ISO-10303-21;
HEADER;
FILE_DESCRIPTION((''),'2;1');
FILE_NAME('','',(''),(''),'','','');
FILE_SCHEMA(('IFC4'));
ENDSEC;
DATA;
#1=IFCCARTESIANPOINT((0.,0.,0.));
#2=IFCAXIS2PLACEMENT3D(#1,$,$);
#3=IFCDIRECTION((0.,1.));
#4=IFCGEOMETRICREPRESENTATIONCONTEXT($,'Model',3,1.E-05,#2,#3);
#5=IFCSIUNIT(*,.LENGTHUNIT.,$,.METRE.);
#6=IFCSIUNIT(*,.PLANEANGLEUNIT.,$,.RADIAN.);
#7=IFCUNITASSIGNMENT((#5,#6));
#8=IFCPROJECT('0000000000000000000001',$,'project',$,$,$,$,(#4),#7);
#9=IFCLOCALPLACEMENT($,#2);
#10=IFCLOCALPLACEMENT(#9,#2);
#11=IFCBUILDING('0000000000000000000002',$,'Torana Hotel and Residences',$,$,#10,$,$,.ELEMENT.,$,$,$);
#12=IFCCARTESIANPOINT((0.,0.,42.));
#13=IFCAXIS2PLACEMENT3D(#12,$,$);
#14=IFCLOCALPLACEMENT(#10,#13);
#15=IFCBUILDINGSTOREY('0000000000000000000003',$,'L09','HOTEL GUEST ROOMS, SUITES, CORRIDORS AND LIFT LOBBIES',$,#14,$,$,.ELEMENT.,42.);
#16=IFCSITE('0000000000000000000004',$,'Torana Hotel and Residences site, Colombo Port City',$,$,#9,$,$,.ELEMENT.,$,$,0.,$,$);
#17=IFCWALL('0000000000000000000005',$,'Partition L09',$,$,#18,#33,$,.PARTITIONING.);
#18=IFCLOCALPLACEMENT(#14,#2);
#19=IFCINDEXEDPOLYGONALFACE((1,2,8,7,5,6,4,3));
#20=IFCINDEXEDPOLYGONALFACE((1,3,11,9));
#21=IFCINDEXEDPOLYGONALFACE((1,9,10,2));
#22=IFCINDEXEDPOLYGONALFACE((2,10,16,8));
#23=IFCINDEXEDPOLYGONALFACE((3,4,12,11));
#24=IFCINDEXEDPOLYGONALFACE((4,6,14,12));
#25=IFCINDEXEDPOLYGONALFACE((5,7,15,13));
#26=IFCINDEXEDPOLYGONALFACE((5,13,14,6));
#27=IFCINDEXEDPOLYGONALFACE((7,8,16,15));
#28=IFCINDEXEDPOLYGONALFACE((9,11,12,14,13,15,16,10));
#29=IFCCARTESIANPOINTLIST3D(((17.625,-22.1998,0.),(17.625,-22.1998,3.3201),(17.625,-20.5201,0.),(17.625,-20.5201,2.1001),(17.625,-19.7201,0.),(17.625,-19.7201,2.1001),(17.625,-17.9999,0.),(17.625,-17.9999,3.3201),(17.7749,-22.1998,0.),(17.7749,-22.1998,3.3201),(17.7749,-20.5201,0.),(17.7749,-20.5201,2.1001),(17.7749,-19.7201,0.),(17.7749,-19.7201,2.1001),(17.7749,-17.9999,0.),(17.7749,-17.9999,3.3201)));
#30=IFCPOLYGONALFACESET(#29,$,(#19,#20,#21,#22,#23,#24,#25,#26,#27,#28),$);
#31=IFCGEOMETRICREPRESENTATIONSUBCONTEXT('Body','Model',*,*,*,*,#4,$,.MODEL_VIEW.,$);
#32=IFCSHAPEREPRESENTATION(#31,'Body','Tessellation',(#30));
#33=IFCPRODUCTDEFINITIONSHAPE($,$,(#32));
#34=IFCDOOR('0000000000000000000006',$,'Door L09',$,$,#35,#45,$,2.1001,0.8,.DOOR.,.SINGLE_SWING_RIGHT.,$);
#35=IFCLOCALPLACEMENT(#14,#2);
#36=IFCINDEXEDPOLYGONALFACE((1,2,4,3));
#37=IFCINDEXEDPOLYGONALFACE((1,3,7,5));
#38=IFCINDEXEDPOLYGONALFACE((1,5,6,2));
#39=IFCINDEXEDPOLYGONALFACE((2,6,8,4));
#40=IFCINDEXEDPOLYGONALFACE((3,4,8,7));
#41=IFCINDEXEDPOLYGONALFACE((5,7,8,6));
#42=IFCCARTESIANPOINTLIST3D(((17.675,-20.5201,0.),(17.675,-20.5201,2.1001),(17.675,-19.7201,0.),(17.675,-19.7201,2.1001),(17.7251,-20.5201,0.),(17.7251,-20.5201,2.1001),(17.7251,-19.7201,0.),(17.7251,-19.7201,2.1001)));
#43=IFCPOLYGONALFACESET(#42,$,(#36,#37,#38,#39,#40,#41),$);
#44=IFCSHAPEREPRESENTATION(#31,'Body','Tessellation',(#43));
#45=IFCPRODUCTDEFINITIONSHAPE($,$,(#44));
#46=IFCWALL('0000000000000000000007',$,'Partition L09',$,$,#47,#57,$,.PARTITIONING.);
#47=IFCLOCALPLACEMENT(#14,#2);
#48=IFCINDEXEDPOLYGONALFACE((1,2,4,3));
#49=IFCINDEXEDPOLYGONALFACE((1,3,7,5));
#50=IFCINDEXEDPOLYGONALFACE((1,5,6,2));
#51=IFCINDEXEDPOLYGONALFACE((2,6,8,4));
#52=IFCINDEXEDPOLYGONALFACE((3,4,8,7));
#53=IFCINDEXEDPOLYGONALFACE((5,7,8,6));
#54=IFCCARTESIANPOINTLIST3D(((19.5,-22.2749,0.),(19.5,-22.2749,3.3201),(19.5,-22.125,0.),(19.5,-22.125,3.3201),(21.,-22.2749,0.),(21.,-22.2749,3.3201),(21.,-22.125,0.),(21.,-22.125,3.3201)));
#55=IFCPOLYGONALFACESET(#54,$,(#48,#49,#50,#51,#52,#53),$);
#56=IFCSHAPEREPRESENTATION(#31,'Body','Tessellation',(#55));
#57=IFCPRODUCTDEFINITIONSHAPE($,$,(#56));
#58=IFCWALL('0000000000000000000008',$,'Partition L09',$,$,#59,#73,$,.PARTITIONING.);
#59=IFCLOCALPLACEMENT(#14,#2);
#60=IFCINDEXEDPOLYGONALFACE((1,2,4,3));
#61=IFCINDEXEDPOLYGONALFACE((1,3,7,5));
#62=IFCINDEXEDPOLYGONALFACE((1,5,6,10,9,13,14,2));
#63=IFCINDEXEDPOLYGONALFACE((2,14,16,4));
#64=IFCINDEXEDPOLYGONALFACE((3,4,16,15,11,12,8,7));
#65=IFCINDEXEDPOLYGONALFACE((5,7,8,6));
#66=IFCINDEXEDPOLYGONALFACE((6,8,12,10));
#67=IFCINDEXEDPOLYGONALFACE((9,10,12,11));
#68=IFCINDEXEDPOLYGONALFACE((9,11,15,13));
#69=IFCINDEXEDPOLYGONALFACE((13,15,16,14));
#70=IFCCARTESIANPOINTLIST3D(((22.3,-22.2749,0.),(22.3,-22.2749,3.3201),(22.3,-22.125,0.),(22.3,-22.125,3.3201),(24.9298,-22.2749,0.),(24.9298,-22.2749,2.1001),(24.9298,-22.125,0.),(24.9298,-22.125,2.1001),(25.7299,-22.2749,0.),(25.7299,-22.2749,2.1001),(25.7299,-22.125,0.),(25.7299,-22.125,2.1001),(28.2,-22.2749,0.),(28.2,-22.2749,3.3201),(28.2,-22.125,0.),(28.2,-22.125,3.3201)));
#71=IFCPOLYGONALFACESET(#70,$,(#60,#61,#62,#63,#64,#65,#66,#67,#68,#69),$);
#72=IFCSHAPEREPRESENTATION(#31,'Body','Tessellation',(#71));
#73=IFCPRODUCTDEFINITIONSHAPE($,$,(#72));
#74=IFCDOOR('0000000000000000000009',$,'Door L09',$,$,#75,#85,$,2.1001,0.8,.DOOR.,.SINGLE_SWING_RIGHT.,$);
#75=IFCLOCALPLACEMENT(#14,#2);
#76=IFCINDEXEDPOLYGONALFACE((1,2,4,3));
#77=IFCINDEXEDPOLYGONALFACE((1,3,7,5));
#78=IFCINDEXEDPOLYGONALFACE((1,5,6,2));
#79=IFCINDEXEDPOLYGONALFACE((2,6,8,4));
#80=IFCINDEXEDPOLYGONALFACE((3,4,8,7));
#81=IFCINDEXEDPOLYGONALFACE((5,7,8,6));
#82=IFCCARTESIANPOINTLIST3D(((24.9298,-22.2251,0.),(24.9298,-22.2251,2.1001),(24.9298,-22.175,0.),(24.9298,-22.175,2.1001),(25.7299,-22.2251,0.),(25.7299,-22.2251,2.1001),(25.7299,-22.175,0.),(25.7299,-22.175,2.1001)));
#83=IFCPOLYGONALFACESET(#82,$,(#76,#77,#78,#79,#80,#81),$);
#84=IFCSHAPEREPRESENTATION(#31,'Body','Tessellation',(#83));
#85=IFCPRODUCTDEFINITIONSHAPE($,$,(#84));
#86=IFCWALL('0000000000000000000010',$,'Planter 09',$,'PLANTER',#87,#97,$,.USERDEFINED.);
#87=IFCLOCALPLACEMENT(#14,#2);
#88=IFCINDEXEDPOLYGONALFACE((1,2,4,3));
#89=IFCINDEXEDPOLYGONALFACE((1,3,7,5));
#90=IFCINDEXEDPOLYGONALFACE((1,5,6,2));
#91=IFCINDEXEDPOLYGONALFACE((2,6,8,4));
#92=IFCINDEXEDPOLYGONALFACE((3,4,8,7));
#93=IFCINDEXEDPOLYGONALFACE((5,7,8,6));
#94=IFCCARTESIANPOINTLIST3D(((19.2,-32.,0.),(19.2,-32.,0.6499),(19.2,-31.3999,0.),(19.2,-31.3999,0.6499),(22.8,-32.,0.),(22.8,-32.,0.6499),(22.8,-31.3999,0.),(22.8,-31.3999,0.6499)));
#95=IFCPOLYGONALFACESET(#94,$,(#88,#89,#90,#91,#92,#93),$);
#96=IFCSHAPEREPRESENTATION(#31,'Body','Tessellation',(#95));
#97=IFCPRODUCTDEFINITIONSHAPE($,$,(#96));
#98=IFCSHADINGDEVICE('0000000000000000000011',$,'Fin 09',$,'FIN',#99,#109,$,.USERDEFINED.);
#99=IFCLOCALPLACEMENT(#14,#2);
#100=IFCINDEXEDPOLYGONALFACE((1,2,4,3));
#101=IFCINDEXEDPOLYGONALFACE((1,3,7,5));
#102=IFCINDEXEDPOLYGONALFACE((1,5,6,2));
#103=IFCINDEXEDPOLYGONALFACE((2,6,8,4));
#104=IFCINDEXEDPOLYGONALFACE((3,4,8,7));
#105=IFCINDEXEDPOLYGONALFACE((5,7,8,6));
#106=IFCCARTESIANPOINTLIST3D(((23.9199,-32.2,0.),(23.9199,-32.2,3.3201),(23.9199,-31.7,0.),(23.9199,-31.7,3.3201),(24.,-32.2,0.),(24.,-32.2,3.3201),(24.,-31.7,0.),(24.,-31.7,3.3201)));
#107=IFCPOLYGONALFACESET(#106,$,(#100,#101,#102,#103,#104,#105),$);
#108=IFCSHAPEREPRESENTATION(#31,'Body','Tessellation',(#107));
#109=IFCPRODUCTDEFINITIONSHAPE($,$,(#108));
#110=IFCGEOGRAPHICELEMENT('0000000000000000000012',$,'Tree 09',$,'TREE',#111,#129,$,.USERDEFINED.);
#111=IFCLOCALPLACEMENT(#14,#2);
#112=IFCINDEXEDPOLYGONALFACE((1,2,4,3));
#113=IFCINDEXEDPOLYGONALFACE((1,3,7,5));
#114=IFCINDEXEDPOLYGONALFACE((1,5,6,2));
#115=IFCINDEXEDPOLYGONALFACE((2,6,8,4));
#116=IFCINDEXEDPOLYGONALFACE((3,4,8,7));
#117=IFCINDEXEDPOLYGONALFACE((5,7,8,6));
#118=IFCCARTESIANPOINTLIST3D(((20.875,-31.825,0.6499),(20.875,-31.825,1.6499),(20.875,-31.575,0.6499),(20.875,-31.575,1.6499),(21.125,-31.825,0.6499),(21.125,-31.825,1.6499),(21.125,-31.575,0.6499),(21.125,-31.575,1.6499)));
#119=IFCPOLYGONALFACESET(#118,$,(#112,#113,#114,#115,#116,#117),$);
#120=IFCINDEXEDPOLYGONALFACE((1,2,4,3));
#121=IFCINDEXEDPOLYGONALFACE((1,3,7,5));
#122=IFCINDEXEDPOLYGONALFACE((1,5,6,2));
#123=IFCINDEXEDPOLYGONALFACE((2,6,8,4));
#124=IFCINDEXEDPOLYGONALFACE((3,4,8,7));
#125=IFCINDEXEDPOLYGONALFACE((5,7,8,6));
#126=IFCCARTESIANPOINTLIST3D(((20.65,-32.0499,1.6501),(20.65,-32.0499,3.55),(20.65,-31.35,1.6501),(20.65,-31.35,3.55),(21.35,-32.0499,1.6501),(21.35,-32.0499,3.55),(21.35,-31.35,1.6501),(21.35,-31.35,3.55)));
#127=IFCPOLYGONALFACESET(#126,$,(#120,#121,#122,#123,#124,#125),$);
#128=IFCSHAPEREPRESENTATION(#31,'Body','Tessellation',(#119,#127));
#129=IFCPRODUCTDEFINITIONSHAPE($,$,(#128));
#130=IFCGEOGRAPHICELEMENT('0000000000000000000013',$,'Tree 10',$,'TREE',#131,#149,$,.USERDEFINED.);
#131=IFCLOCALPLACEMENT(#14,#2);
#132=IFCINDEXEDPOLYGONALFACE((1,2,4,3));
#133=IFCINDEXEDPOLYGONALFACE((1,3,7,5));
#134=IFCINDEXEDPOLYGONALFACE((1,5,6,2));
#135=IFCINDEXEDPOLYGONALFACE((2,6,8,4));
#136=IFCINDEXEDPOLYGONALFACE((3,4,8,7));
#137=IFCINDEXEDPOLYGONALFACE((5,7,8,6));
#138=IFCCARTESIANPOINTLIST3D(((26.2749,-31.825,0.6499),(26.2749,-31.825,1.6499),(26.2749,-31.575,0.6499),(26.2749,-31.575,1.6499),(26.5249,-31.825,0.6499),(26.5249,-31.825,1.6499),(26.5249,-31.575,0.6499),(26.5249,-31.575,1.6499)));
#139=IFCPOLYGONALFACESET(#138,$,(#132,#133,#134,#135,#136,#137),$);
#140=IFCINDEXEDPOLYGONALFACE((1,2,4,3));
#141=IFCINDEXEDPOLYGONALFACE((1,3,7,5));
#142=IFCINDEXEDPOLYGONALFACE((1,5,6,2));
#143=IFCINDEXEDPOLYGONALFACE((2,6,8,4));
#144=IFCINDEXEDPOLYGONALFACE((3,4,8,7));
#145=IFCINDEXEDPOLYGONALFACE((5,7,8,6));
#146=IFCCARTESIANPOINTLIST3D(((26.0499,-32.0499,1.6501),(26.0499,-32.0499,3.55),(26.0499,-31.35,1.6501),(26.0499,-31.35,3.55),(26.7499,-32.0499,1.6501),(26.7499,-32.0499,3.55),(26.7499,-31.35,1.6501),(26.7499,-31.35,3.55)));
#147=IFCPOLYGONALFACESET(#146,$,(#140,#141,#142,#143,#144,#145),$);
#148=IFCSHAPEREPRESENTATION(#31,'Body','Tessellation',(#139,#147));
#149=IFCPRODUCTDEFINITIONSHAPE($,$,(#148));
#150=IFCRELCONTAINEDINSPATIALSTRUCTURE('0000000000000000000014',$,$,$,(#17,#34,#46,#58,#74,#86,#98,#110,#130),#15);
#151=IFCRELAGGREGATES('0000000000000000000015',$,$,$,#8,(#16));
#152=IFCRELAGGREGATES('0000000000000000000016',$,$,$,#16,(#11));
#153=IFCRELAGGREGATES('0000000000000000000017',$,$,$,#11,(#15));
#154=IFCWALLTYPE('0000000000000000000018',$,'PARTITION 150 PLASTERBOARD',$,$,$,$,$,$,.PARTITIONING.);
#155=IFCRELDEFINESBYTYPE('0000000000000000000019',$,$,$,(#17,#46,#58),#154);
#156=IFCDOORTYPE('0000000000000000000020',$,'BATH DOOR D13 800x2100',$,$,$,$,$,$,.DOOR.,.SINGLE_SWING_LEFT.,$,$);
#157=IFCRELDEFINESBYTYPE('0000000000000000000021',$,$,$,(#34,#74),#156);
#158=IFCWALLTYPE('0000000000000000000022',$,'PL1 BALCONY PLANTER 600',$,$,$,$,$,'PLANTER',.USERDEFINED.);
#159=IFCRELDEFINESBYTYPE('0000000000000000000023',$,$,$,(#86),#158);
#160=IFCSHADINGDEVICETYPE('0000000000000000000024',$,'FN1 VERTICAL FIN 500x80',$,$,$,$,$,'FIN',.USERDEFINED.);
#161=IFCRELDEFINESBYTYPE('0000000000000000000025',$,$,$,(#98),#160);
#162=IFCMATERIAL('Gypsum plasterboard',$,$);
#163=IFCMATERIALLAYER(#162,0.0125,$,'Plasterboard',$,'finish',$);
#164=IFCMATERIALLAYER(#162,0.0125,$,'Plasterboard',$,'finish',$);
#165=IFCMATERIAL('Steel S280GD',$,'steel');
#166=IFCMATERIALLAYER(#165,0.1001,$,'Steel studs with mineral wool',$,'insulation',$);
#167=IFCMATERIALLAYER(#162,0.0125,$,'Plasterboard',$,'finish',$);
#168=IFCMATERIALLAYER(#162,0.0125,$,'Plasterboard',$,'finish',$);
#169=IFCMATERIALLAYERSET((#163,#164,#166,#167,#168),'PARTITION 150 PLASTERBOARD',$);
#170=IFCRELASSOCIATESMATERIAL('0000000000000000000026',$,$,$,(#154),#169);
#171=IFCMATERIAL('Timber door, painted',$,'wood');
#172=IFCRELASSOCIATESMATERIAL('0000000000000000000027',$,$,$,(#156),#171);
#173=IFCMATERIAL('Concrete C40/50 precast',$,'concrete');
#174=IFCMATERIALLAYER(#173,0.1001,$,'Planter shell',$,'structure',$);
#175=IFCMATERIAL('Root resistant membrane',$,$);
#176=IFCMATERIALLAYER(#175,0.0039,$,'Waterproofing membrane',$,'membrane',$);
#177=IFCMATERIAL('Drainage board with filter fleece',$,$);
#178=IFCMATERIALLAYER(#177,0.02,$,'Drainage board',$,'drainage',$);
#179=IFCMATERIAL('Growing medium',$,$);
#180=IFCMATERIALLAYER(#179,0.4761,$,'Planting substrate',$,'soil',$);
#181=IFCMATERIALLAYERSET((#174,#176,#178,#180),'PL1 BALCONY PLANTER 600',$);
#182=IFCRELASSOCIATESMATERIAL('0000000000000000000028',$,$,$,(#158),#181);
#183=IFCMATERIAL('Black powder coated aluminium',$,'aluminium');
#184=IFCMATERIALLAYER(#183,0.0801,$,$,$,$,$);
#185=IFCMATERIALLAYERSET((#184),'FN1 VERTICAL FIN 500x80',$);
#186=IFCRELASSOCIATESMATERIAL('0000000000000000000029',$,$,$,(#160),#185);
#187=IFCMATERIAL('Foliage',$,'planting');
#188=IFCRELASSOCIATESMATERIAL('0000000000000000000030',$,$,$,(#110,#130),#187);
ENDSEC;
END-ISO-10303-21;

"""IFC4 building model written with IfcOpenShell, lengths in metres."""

from ifc_helpers import new_model, si_unit, direction, frame, frame_2d, origin, origin_2d, place, context, subcontext, project, spatial, rectangle, extrude, material, layer, layer_set, type_object, element, fill, save


model = new_model("IFC4")

# Units and contexts
model_context = context("Model", 3, precision=1e-05, world=origin(), true_north=direction((0.0, 1.0)))
body_context = subcontext(model_context, "Body", "Model", "MODEL_VIEW")
ifc_project = project(units=[si_unit("LENGTHUNIT", "METRE"), si_unit("PLANEANGLEUNIT", "RADIAN")], contexts=[model_context])

# Site, building, storey
site_placement = place(None, origin())
site = spatial("IfcSite", under=ifc_project, at=site_placement, Name="Torana Hotel and Residences site, Colombo Port City", CompositionType="ELEMENT", RefElevation=0.0)
building_placement = place(site_placement, origin())
building = spatial("IfcBuilding", under=site, at=building_placement, Name="Torana Hotel and Residences", CompositionType="ELEMENT")
storey_placement = place(building_placement, frame((0.0, 0.0, 42.0)))
storey = spatial("IfcBuildingStorey", under=building, at=storey_placement, Name="L09", Description="HOTEL GUEST ROOMS, SUITES, CORRIDORS AND LIFT LOBBIES", CompositionType="ELEMENT", Elevation=42.0)

# Shared definitions
ifc_material_1 = material(Name="Gypsum plasterboard")
ifc_layer_1 = layer(ifc_material_1, 0.0125, Name="Plasterboard", Category="finish")
ifc_layer_2 = layer(ifc_material_1, 0.0125, Name="Plasterboard", Category="finish")
ifc_material_2 = material(Name="Steel S280GD", Category="steel")
ifc_layer_3 = layer(ifc_material_2, 0.1001, Name="Steel studs with mineral wool", Category="insulation")
ifc_layer_4 = layer(ifc_material_1, 0.0125, Name="Plasterboard", Category="finish")
ifc_layer_5 = layer(ifc_material_1, 0.0125, Name="Plasterboard", Category="finish")
ifc_layer_set_1 = layer_set([ifc_layer_1, ifc_layer_2, ifc_layer_3, ifc_layer_4, ifc_layer_5], Name="PARTITION 150 PLASTERBOARD")
wall_type_1 = type_object("IfcWallType", Name="PARTITION 150 PLASTERBOARD", PredefinedType="PARTITIONING", material=ifc_layer_set_1)

# Shared definitions
ifc_material_3 = material(Name="Timber door, painted", Category="wood")
door_type_1 = type_object("IfcDoorType", Name="BATH DOOR D13 800x2100", OperationType="SINGLE_SWING_LEFT", PredefinedType="DOOR", material=ifc_material_3)

# Wall, opening, door
wall_1_placement = place(storey_placement, frame((17.7, -22.2, 0.0), z_axis=(0.0, 0.0, 1.0), x_axis=(0.0, 1.0, 0.0)))
wall_1 = element("IfcWall", 1, at=wall_1_placement, inside=storey, type_object=wall_type_1, Name="Partition L09", PredefinedType="PARTITIONING", context=body_context, shape_type="SweptSolid", body=[
    extrude(rectangle(XDim=4.2, YDim=0.1499, at=frame_2d((2.1001, 0.0))), origin(), (0.0, 0.0, 1.0), 3.3201),
])
opening_1_placement = place(wall_1_placement, frame((1.6799, 0.0, 0.0)))
opening_1 = element("IfcOpeningElement", 2, at=opening_1_placement, cuts=wall_1, PredefinedType="OPENING", context=body_context, shape_type="SweptSolid", body=[
    extrude(rectangle(XDim=0.8, YDim=2.1001, at=frame_2d((0.3999, 1.05))), frame((0.0, 0.085, 0.0), z_axis=(0.0, -1.0, 0.0), x_axis=(1.0, 0.0, 0.0)), (0.0, 0.0, 1.0), 0.1699),
])
door_1_placement = place(opening_1_placement, origin())
door_1 = element("IfcDoor", 3, at=door_1_placement, inside=storey, type_object=door_type_1, Name="Door L09", OperationType="SINGLE_SWING_RIGHT", OverallHeight=2.1001, OverallWidth=0.8, PredefinedType="DOOR", context=body_context, shape_type="SweptSolid", body=[
    extrude(rectangle(XDim=0.8, YDim=2.1001, at=frame_2d((0.3999, 1.05))), frame((0.0, 0.0249, 0.0), z_axis=(0.0, -1.0, 0.0), x_axis=(1.0, 0.0, 0.0)), (0.0, 0.0, 1.0), 0.05),
])
fill(opening_1, door_1)

# Wall
wall_2_placement = place(storey_placement, frame((19.5, -22.2, 0.0), z_axis=(0.0, 0.0, 1.0), x_axis=(1.0, 0.0, 0.0)))
element("IfcWall", 4, at=wall_2_placement, inside=storey, type_object=wall_type_1, Name="Partition L09", PredefinedType="PARTITIONING", context=body_context, shape_type="SweptSolid", body=[
    extrude(rectangle(XDim=1.5, YDim=0.1499, at=frame_2d((0.75, 0.0))), origin(), (0.0, 0.0, 1.0), 3.3201),
])

# Wall, opening, door
wall_3_placement = place(storey_placement, frame((22.3, -22.2, 0.0), z_axis=(0.0, 0.0, 1.0), x_axis=(1.0, 0.0, 0.0)))
wall_3 = element("IfcWall", 5, at=wall_3_placement, inside=storey, type_object=wall_type_1, Name="Partition L09", PredefinedType="PARTITIONING", context=body_context, shape_type="SweptSolid", body=[
    extrude(rectangle(XDim=5.8999, YDim=0.1499, at=frame_2d((2.95, 0.0))), origin(), (0.0, 0.0, 1.0), 3.3201),
])
opening_2_placement = place(wall_3_placement, frame((2.6299, 0.0, 0.0)))
opening_2 = element("IfcOpeningElement", 6, at=opening_2_placement, cuts=wall_3, PredefinedType="OPENING", context=body_context, shape_type="SweptSolid", body=[
    extrude(rectangle(XDim=0.8, YDim=2.1001, at=frame_2d((0.3999, 1.05))), frame((0.0, 0.085, 0.0), z_axis=(0.0, -1.0, 0.0), x_axis=(1.0, 0.0, 0.0)), (0.0, 0.0, 1.0), 0.1699),
])
door_2_placement = place(opening_2_placement, origin())
door_2 = element("IfcDoor", 7, at=door_2_placement, inside=storey, type_object=door_type_1, Name="Door L09", OperationType="SINGLE_SWING_RIGHT", OverallHeight=2.1001, OverallWidth=0.8, PredefinedType="DOOR", context=body_context, shape_type="SweptSolid", body=[
    extrude(rectangle(XDim=0.8, YDim=2.1001, at=frame_2d((0.3999, 1.05))), frame((0.0, 0.0249, 0.0), z_axis=(0.0, -1.0, 0.0), x_axis=(1.0, 0.0, 0.0)), (0.0, 0.0, 1.0), 0.05),
])
fill(opening_2, door_2)

# Wall
ifc_material_4 = material(Name="Concrete C40/50 precast", Category="concrete")
ifc_layer_6 = layer(ifc_material_4, 0.1001, Name="Planter shell", Category="structure")
ifc_material_5 = material(Name="Root resistant membrane")
ifc_layer_7 = layer(ifc_material_5, 0.0039, Name="Waterproofing membrane", Category="membrane")
ifc_material_6 = material(Name="Drainage board with filter fleece")
ifc_layer_8 = layer(ifc_material_6, 0.02, Name="Drainage board", Category="drainage")
ifc_material_7 = material(Name="Growing medium")
ifc_layer_9 = layer(ifc_material_7, 0.4761, Name="Planting substrate", Category="soil")
ifc_layer_set_2 = layer_set([ifc_layer_6, ifc_layer_7, ifc_layer_8, ifc_layer_9], Name="PL1 BALCONY PLANTER 600")
wall_type_2 = type_object("IfcWallType", Name="PL1 BALCONY PLANTER 600", ElementType="PLANTER", PredefinedType="USERDEFINED", material=ifc_layer_set_2)
wall_4_placement = place(storey_placement, frame((22.8, -31.7, 0.0), z_axis=(0.0, 0.0, 1.0), x_axis=(-1.0, 0.0, 0.0)))
element("IfcWall", 8, at=wall_4_placement, inside=storey, type_object=wall_type_2, Name="Planter 09", ObjectType="PLANTER", PredefinedType="USERDEFINED", context=body_context, shape_type="SweptSolid", body=[
    extrude(rectangle(XDim=3.6001, YDim=0.6001, at=frame_2d((1.8, 0.0))), origin(), (0.0, 0.0, 1.0), 0.6499),
])

# Shading device
ifc_material_8 = material(Name="Black powder coated aluminium", Category="aluminium")
ifc_layer_10 = layer(ifc_material_8, 0.0801)
ifc_layer_set_3 = layer_set([ifc_layer_10], Name="FN1 VERTICAL FIN 500x80")
shading_device_type = type_object("IfcShadingDeviceType", Name="FN1 VERTICAL FIN 500x80", ElementType="FIN", PredefinedType="USERDEFINED", material=ifc_layer_set_3)
shading_device_placement = place(storey_placement, frame((23.96, -31.95, 0.0), z_axis=(0.0, 0.0, 1.0), x_axis=(-1.0, 0.0, 0.0)))
element("IfcShadingDevice", 9, at=shading_device_placement, inside=storey, type_object=shading_device_type, Name="Fin 09", ObjectType="FIN", PredefinedType="USERDEFINED", context=body_context, shape_type="SweptSolid", body=[
    extrude(rectangle(XDim=0.0801, YDim=0.5, at=origin_2d()), origin(), (0.0, 0.0, 1.0), 3.3201),
])

# Geographic elements
ifc_material_9 = material(Name="Foliage", Category="planting")
for number, where, z_axis, x_axis, name in (
    (10, (21.0, -31.7, 0.6499), (0.0, 0.0, 1.0), (1.0, 0.0, 0.0), "Tree 09"),
    (11, (26.3999, -31.7, 0.6499), (0.0, 0.0, 1.0), (1.0, 0.0, 0.0), "Tree 10"),
):
    element("IfcGeographicElement", number, at=place(storey_placement, frame(where, z_axis=z_axis, x_axis=x_axis)), inside=storey, material=ifc_material_9, Name=name, ObjectType="TREE", PredefinedType="USERDEFINED", context=body_context, shape_type="SweptSolid", body=[
        extrude(rectangle(XDim=0.25, YDim=0.25, at=origin_2d()), origin(), (0.0, 0.0, 1.0), 1.0),
        extrude(rectangle(XDim=0.7, YDim=0.7, at=origin_2d()), frame((0.0, 0.0, 1.0002)), (0.0, 0.0, 1.0), 1.8999),
    ])

save(model, "model.ifc")
